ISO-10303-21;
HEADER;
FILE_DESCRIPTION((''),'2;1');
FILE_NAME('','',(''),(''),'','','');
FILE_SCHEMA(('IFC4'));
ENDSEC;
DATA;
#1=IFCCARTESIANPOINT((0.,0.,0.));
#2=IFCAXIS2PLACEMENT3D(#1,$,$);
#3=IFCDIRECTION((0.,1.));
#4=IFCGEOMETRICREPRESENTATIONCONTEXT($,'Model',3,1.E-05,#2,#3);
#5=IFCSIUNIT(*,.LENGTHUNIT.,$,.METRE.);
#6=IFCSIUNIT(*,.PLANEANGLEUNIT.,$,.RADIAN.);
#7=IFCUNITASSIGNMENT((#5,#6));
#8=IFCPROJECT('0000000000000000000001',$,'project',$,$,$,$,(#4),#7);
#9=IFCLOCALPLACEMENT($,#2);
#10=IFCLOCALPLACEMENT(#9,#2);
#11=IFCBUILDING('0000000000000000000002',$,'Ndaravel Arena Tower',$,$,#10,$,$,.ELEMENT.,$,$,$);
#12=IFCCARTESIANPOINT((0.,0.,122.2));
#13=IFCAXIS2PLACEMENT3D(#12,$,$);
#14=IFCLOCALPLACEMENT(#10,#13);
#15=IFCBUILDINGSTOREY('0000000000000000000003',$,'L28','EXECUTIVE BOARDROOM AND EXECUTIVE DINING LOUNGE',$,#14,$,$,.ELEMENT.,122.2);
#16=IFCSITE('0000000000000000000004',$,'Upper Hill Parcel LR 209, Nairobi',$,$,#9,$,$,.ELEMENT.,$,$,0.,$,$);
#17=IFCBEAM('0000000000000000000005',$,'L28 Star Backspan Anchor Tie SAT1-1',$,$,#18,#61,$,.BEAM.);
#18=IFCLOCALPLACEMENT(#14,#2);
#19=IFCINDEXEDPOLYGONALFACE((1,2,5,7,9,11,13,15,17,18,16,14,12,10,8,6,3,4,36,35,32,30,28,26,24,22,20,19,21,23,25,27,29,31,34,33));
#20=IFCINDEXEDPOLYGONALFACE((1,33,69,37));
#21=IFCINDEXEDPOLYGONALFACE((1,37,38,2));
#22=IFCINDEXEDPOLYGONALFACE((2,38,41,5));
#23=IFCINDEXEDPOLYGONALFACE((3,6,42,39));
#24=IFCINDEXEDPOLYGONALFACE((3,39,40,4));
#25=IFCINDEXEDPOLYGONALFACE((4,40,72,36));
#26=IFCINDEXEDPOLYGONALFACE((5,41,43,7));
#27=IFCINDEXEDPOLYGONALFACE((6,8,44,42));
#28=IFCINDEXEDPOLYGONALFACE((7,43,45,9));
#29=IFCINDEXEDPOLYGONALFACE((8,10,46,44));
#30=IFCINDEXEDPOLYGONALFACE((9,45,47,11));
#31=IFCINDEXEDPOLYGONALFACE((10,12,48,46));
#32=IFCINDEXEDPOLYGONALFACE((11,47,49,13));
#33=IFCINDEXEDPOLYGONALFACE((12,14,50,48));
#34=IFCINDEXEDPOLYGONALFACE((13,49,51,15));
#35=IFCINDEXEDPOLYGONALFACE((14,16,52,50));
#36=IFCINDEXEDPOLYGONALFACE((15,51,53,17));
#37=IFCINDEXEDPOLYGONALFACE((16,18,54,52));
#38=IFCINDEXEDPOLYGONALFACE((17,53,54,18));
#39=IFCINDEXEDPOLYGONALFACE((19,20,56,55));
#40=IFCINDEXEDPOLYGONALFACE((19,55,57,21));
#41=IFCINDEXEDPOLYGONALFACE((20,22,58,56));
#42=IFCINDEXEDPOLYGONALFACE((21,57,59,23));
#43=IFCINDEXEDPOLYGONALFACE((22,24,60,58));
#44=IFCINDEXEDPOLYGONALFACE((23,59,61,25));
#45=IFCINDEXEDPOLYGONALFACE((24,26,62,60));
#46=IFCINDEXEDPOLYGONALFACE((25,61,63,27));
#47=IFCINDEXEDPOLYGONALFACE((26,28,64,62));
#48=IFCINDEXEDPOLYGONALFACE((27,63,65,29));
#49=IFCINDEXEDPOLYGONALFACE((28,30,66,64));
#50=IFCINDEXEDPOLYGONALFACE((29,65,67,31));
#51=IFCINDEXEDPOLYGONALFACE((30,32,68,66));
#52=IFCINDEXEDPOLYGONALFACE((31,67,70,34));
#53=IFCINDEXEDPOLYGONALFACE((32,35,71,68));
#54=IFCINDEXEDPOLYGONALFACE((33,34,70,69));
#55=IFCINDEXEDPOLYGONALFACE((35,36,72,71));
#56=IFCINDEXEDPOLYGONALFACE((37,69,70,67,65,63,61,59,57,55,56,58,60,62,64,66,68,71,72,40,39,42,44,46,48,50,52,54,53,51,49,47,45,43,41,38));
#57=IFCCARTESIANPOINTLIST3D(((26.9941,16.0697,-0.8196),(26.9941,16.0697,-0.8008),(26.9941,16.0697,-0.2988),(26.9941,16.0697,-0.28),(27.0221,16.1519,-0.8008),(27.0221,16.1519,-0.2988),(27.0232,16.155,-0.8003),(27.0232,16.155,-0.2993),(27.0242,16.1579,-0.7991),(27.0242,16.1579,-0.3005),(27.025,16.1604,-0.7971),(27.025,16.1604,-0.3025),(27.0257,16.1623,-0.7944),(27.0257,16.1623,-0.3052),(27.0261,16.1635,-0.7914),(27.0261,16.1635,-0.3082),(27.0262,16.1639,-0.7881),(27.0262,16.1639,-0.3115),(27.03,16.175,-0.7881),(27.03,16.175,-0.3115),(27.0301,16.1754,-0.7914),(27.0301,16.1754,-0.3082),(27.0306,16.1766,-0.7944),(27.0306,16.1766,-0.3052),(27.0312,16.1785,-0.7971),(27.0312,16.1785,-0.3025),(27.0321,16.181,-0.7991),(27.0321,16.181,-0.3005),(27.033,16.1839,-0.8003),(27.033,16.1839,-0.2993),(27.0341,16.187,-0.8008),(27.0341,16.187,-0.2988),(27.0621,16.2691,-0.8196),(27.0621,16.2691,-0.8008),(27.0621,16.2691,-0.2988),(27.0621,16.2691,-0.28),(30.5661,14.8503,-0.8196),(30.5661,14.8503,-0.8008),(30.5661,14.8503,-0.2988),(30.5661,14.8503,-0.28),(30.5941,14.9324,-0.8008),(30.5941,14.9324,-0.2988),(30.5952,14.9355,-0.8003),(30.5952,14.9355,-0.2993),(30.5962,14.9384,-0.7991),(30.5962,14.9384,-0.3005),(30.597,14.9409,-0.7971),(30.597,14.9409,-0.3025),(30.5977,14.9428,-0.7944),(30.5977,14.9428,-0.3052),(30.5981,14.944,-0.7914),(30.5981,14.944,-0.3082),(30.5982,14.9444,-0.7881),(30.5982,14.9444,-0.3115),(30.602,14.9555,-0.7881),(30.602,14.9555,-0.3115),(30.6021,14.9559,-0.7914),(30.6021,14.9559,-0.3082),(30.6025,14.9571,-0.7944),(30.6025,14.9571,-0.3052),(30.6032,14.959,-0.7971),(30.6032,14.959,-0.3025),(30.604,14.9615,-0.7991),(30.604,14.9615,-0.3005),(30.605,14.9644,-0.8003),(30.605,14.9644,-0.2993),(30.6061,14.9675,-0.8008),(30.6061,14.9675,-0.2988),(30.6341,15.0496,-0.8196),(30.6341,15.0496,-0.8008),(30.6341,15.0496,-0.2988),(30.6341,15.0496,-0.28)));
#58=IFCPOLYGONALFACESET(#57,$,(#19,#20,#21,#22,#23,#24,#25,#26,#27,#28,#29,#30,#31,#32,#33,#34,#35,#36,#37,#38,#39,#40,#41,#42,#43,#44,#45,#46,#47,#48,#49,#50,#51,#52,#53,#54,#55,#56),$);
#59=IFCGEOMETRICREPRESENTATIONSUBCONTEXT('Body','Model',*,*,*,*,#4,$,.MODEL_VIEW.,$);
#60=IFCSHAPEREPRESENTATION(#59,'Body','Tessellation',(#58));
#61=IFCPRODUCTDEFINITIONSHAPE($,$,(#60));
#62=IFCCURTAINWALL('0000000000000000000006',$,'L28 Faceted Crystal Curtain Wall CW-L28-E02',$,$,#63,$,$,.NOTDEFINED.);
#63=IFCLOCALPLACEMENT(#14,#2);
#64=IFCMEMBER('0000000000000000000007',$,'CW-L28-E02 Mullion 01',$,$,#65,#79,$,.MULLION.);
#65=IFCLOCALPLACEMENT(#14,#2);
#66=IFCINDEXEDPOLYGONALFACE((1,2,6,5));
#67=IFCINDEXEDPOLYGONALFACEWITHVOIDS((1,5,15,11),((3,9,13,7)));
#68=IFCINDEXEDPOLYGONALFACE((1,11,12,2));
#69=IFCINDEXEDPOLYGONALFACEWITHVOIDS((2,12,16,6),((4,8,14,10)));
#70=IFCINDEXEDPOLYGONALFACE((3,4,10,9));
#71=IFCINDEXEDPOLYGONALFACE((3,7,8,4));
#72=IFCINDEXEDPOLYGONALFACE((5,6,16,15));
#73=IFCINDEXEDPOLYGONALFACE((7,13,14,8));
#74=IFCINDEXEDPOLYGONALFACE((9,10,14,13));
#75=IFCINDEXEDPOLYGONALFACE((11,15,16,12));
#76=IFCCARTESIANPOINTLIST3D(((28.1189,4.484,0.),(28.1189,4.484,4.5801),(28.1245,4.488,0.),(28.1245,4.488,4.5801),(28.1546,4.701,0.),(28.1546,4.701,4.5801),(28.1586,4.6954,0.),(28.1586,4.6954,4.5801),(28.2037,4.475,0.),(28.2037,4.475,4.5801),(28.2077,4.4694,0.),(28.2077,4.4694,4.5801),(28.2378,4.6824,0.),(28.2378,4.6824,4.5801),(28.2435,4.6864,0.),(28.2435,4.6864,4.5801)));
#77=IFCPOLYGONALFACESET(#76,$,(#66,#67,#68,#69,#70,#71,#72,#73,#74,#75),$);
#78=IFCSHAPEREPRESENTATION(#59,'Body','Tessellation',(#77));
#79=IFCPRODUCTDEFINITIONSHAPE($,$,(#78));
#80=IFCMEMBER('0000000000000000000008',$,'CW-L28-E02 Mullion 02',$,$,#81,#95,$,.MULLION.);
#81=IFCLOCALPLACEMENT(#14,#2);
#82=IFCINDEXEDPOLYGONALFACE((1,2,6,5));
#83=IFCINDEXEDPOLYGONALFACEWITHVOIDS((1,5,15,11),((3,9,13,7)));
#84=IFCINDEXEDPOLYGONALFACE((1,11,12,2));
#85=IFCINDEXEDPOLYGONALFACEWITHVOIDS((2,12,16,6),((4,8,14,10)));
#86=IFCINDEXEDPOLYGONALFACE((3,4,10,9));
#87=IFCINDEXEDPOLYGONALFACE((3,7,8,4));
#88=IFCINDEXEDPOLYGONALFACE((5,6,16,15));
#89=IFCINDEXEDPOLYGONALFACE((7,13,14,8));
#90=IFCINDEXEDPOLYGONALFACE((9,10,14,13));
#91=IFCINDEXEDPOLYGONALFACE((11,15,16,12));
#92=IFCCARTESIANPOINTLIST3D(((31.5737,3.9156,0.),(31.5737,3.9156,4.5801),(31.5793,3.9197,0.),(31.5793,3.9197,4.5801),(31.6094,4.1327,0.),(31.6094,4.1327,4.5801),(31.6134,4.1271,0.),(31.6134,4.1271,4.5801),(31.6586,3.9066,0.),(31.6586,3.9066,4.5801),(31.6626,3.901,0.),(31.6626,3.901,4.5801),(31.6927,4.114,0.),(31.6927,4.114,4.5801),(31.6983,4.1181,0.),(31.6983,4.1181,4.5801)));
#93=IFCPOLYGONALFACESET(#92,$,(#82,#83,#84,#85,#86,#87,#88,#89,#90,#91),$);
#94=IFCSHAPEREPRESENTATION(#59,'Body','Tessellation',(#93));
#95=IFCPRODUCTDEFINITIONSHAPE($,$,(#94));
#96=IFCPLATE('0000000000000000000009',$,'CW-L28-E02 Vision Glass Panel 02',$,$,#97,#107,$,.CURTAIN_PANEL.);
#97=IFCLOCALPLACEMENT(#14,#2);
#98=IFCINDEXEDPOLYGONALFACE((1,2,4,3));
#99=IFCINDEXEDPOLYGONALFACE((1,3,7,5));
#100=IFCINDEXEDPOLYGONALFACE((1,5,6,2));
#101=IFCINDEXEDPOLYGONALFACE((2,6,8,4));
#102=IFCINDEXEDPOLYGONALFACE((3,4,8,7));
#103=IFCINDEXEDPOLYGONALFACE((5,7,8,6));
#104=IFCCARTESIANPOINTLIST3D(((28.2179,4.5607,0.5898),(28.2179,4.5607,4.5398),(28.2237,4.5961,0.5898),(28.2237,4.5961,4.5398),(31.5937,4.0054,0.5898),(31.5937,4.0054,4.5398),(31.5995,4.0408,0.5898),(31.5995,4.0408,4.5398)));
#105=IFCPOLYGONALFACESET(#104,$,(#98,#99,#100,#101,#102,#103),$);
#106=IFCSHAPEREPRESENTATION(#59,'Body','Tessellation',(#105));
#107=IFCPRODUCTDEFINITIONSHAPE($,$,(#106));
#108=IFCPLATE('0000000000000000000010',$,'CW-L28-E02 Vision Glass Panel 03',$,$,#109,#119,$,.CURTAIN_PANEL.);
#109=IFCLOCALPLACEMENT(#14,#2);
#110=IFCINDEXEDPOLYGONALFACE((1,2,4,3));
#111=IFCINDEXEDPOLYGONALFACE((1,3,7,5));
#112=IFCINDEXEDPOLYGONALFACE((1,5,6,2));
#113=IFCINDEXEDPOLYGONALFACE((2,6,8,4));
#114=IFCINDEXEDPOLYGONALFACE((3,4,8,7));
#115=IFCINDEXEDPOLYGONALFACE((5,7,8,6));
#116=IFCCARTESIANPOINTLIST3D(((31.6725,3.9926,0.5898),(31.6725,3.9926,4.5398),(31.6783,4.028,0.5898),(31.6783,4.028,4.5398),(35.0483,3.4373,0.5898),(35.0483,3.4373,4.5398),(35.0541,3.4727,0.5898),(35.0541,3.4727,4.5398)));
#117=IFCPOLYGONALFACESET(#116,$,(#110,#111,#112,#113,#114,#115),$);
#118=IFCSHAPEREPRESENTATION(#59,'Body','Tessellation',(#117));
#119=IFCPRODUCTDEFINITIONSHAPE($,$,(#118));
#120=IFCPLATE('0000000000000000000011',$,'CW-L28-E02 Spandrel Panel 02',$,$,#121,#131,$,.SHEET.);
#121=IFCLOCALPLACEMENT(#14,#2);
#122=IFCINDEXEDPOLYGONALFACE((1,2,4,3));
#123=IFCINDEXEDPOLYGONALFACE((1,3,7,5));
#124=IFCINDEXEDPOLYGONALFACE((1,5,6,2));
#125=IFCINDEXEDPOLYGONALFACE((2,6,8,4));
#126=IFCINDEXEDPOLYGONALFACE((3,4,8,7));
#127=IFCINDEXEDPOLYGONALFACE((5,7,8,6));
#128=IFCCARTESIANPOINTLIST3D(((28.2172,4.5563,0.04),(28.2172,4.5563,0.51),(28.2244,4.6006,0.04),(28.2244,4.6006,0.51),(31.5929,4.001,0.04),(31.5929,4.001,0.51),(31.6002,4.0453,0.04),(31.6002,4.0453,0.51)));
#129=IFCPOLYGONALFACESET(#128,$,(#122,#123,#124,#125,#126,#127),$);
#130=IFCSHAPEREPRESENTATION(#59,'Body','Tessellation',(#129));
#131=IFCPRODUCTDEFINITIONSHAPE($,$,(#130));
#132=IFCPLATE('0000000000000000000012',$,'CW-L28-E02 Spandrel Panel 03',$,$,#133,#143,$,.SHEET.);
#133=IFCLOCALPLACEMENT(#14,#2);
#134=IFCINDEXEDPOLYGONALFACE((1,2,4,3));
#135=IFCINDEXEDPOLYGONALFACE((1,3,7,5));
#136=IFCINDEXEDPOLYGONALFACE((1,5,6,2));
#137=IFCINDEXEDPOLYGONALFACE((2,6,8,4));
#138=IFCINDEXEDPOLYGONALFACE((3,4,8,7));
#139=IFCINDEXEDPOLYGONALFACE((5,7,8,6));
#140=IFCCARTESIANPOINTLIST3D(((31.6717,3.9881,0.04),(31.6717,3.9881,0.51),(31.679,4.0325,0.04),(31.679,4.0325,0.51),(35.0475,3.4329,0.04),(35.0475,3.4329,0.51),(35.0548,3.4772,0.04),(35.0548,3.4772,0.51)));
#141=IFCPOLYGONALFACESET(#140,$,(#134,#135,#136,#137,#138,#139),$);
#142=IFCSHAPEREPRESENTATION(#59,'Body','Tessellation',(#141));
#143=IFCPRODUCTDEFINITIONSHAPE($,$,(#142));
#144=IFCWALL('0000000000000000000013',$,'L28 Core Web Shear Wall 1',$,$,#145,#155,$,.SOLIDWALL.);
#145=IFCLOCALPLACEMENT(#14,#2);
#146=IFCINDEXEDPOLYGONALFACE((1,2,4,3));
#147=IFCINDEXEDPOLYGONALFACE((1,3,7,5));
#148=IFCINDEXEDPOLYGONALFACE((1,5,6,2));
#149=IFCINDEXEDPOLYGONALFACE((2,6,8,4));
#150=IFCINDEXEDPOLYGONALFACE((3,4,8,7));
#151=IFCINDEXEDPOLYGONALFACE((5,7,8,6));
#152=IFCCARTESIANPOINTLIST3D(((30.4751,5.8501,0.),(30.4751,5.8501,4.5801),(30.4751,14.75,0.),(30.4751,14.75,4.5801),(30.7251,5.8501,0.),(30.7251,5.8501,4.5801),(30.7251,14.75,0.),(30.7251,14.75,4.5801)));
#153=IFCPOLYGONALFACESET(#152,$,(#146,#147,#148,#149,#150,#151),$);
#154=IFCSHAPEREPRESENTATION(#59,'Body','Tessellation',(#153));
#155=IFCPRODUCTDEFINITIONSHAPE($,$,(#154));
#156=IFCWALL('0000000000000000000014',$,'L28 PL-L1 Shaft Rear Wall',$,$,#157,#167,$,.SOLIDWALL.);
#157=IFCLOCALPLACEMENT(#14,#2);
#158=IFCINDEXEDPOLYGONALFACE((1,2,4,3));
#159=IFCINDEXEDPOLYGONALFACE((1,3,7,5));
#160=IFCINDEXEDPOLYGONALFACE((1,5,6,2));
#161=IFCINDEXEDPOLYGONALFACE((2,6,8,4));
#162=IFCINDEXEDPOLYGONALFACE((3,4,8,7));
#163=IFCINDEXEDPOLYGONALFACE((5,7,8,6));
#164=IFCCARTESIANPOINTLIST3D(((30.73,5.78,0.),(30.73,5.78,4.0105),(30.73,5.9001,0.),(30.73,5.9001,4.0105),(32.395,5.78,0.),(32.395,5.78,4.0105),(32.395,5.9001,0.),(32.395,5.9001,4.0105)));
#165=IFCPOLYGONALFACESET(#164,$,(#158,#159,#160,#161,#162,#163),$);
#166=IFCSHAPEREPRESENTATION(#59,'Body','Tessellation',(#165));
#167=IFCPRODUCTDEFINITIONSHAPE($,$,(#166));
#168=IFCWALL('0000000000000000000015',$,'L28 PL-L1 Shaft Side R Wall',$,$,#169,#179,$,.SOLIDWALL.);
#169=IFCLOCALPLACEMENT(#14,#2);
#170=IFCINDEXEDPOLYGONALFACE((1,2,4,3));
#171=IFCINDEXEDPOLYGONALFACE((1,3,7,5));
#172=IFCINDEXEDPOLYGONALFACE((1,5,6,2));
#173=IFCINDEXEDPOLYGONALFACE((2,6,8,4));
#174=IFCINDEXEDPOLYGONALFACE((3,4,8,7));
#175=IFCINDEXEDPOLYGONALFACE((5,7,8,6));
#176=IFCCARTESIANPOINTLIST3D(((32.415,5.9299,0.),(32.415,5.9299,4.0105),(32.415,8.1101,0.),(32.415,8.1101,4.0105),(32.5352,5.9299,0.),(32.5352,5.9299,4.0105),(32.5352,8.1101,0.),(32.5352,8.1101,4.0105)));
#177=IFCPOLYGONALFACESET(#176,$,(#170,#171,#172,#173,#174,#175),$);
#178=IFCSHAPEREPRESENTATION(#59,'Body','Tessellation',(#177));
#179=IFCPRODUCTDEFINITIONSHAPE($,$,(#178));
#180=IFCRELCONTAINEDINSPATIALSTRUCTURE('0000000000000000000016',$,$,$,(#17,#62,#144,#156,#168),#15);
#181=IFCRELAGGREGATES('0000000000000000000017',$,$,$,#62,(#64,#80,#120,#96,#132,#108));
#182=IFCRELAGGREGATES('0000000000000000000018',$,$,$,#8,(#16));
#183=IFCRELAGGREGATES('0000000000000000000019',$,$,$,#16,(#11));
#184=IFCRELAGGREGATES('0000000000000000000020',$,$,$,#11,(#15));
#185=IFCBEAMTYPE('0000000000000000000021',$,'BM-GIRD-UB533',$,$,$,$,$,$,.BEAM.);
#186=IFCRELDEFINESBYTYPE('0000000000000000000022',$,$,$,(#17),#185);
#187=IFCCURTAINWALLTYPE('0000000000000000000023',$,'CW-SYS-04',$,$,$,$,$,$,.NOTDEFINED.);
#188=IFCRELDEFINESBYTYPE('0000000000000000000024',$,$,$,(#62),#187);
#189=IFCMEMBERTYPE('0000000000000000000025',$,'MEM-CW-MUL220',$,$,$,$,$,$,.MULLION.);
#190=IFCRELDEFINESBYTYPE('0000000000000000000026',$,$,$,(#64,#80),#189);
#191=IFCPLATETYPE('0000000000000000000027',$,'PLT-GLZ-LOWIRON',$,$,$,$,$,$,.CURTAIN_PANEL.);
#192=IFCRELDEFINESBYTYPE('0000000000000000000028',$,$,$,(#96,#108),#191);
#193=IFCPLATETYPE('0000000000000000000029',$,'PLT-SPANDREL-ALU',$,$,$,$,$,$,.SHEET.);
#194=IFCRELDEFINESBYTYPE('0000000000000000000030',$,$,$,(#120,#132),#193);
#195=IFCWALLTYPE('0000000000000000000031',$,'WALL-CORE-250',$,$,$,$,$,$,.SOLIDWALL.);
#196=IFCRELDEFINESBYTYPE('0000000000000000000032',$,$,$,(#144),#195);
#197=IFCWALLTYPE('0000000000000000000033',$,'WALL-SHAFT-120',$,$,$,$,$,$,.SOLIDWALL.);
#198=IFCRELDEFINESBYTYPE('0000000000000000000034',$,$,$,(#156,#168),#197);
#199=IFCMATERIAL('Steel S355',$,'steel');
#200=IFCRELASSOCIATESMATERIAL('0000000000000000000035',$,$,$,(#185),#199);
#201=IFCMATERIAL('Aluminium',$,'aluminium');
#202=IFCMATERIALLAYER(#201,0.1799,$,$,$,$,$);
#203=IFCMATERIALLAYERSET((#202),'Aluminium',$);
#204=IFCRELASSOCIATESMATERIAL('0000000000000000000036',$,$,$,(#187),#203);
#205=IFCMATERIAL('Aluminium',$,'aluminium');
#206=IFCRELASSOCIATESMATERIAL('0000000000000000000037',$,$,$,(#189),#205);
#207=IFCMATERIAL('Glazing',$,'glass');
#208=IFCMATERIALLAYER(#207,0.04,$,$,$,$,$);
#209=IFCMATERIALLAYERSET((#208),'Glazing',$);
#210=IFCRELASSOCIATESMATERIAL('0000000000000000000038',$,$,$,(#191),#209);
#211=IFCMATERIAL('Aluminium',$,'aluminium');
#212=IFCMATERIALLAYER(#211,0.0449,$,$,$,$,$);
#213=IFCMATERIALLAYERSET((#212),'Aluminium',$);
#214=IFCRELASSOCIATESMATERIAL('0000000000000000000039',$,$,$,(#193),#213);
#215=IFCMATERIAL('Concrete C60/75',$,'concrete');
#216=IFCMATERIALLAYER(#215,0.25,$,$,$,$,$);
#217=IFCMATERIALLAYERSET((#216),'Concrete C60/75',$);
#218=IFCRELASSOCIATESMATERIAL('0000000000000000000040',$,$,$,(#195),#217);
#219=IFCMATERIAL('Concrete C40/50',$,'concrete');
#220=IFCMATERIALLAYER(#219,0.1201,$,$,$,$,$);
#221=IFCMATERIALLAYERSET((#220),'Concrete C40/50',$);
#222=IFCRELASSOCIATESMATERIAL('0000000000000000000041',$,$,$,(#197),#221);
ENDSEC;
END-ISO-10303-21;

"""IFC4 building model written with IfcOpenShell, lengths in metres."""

from ifc_helpers import new_model, si_unit, direction, frame, frame_2d, origin, origin_2d, place, context, subcontext, project, spatial, rectangle, hollow_rectangle, i_section, extrude, material, layer, layer_set, material_profile, profile_set, type_object, element, aggregate, save


model = new_model("IFC4")

# Units and contexts
model_context = context("Model", 3, precision=1e-05, world=origin(), true_north=direction((0.0, 1.0)))
body_context = subcontext(model_context, "Body", "Model", "MODEL_VIEW")
ifc_project = project(units=[si_unit("LENGTHUNIT", "METRE"), si_unit("PLANEANGLEUNIT", "RADIAN")], contexts=[model_context])

# Site, building, storey
site_placement = place(None, origin())
site = spatial("IfcSite", under=ifc_project, at=site_placement, Name="Upper Hill Parcel LR 209, Nairobi", CompositionType="ELEMENT", RefElevation=0.0)
building_placement = place(site_placement, origin())
building = spatial("IfcBuilding", under=site, at=building_placement, Name="Ndaravel Arena Tower", CompositionType="ELEMENT")
storey_placement = place(building_placement, frame((0.0, 0.0, 122.2)))
storey = spatial("IfcBuildingStorey", under=building, at=storey_placement, Name="L28", Description="EXECUTIVE BOARDROOM AND EXECUTIVE DINING LOUNGE", CompositionType="ELEMENT", Elevation=122.2)

# Beam
ifc_material_1 = material(Name="Steel S355", Category="steel")
ifc_material_profile_1 = material_profile(ifc_material_1, i_section(OverallWidth=0.2107, OverallDepth=0.5396, WebThickness=0.0117, FlangeThickness=0.0188, FilletRadius=0.0127, at=origin_2d()), Name="UB 533x210x109")
ifc_profile_set_1 = profile_set([ifc_material_profile_1], Name="Steel S355")
beam_type = type_object("IfcBeamType", Name="BM-GIRD-UB533", PredefinedType="BEAM", material=ifc_profile_set_1)
beam_placement = place(storey_placement, frame((30.6001, 14.95, -0.5498), z_axis=(-0.946369, 0.323089, 0.0), x_axis=(-0.323089, -0.946369, 0.0)))
element("IfcBeam", 1, at=beam_placement, inside=storey, type_object=beam_type, Name="L28 Star Backspan Anchor Tie SAT1-1", PredefinedType="BEAM", context=body_context, shape_type="SweptSolid", body=[
    extrude(i_section(OverallWidth=0.2107, OverallDepth=0.5396, WebThickness=0.0117, FlangeThickness=0.0188, FilletRadius=0.0127, at=origin_2d()), origin(), (0.0, 0.0, 1.0), 3.7744),
])

# Curtain wall, members, plates
ifc_material_2 = material(Name="Aluminium", Category="aluminium")
ifc_layer_1 = layer(ifc_material_2, 0.1799)
ifc_layer_set_1 = layer_set([ifc_layer_1], Name="Aluminium")
curtain_wall_type = type_object("IfcCurtainWallType", Name="CW-SYS-04", PredefinedType="NOTDEFINED", material=ifc_layer_set_1)
curtain_wall_placement = place(storey_placement, origin())
curtain_wall = element("IfcCurtainWall", 2, at=curtain_wall_placement, inside=storey, type_object=curtain_wall_type, Name="L28 Faceted Crystal Curtain Wall CW-L28-E02", PredefinedType="NOTDEFINED")
ifc_material_3 = material(Name="Aluminium", Category="aluminium")
ifc_material_profile_2 = material_profile(ifc_material_3, hollow_rectangle(XDim=0.0901, YDim=0.22, WallThickness=0.0049, at=origin_2d()), Name="CW MULLION 90x220x5")
ifc_profile_set_2 = profile_set([ifc_material_profile_2], Name="Aluminium")
member_type = type_object("IfcMemberType", Name="MEM-CW-MUL220", PredefinedType="MULLION", material=ifc_profile_set_2)
member_1_placement = place(storey_placement, frame((28.1812, 4.5852, 0.0), z_axis=(0.0, 0.0, 1.0), x_axis=(0.98674, -0.16231, 0.0)))
member_1 = element("IfcMember", 3, at=member_1_placement, type_object=member_type, Name="CW-L28-E02 Mullion 01", PredefinedType="MULLION", context=body_context, shape_type="SweptSolid", body=[
    extrude(hollow_rectangle(XDim=0.0901, YDim=0.22, WallThickness=0.0049, at=origin_2d()), origin(), (0.0, 0.0, 1.0), 4.5801),
])
member_2_placement = place(storey_placement, frame((31.636, 4.0168, 0.0), z_axis=(0.0, 0.0, 1.0), x_axis=(0.98674, -0.16231, 0.0)))
member_2 = element("IfcMember", 4, at=member_2_placement, type_object=member_type, Name="CW-L28-E02 Mullion 02", PredefinedType="MULLION", context=body_context, shape_type="SweptSolid", body=[
    extrude(hollow_rectangle(XDim=0.0901, YDim=0.22, WallThickness=0.0049, at=origin_2d()), origin(), (0.0, 0.0, 1.0), 4.5801),
])
ifc_material_4 = material(Name="Glazing", Category="glass")
ifc_layer_2 = layer(ifc_material_4, 0.04)
ifc_layer_set_2 = layer_set([ifc_layer_2], Name="Glazing")
plate_type_1 = type_object("IfcPlateType", Name="PLT-GLZ-LOWIRON", PredefinedType="CURTAIN_PANEL", material=ifc_layer_set_2)
plate_1_placement = place(storey_placement, frame((29.9087, 4.3008, 0.5898), z_axis=(0.0, 0.0, 1.0), x_axis=(0.98674, -0.16231, 0.0)))
plate_1 = element("IfcPlate", 5, at=plate_1_placement, type_object=plate_type_1, Name="CW-L28-E02 Vision Glass Panel 02", PredefinedType="CURTAIN_PANEL", context=body_context, shape_type="SweptSolid", body=[
    extrude(rectangle(XDim=3.4211, YDim=0.0359, at=origin_2d()), origin(), (0.0, 0.0, 1.0), 3.95),
])
plate_2_placement = place(storey_placement, frame((33.3633, 3.7327, 0.5898), z_axis=(0.0, 0.0, 1.0), x_axis=(0.98674, -0.16231, 0.0)))
plate_2 = element("IfcPlate", 6, at=plate_2_placement, type_object=plate_type_1, Name="CW-L28-E02 Vision Glass Panel 03", PredefinedType="CURTAIN_PANEL", context=body_context, shape_type="SweptSolid", body=[
    extrude(rectangle(XDim=3.4211, YDim=0.0359, at=origin_2d()), origin(), (0.0, 0.0, 1.0), 3.95),
])
ifc_material_5 = material(Name="Aluminium", Category="aluminium")
ifc_layer_3 = layer(ifc_material_5, 0.0449)
ifc_layer_set_3 = layer_set([ifc_layer_3], Name="Aluminium")
plate_type_2 = type_object("IfcPlateType", Name="PLT-SPANDREL-ALU", PredefinedType="SHEET", material=ifc_layer_set_3)
plate_3_placement = place(storey_placement, frame((29.9087, 4.3008, 0.04), z_axis=(0.0, 0.0, 1.0), x_axis=(0.98674, -0.16231, 0.0)))
plate_3 = element("IfcPlate", 7, at=plate_3_placement, type_object=plate_type_2, Name="CW-L28-E02 Spandrel Panel 02", PredefinedType="SHEET", context=body_context, shape_type="SweptSolid", body=[
    extrude(rectangle(XDim=3.4211, YDim=0.0449, at=origin_2d()), origin(), (0.0, 0.0, 1.0), 0.47),
])
plate_4_placement = place(storey_placement, frame((33.3633, 3.7327, 0.04), z_axis=(0.0, 0.0, 1.0), x_axis=(0.98674, -0.16231, 0.0)))
plate_4 = element("IfcPlate", 8, at=plate_4_placement, type_object=plate_type_2, Name="CW-L28-E02 Spandrel Panel 03", PredefinedType="SHEET", context=body_context, shape_type="SweptSolid", body=[
    extrude(rectangle(XDim=3.4211, YDim=0.0449, at=origin_2d()), origin(), (0.0, 0.0, 1.0), 0.47),
])
aggregate(curtain_wall, [member_1, member_2, plate_3, plate_1, plate_4, plate_2])

# Walls
ifc_material_6 = material(Name="Concrete C60/75", Category="concrete")
ifc_layer_4 = layer(ifc_material_6, 0.25)
ifc_layer_set_4 = layer_set([ifc_layer_4], Name="Concrete C60/75")
wall_type_1 = type_object("IfcWallType", Name="WALL-CORE-250", PredefinedType="SOLIDWALL", material=ifc_layer_set_4)
wall_1_placement = place(storey_placement, frame((30.6001, 5.8501, 0.0), z_axis=(0.0, 0.0, 1.0), x_axis=(0.0, 1.0, 0.0)))
element("IfcWall", 9, at=wall_1_placement, inside=storey, type_object=wall_type_1, Name="L28 Core Web Shear Wall 1", PredefinedType="SOLIDWALL", context=body_context, shape_type="SweptSolid", body=[
    extrude(rectangle(XDim=8.8999, YDim=0.25, at=frame_2d((4.45, 0.0))), origin(), (0.0, 0.0, 1.0), 4.5801),
])
ifc_material_7 = material(Name="Concrete C40/50", Category="concrete")
ifc_layer_5 = layer(ifc_material_7, 0.1201)
ifc_layer_set_5 = layer_set([ifc_layer_5], Name="Concrete C40/50")
wall_type_2 = type_object("IfcWallType", Name="WALL-SHAFT-120", PredefinedType="SOLIDWALL", material=ifc_layer_set_5)
wall_2_placement = place(storey_placement, frame((30.73, 5.8401, 0.0), z_axis=(0.0, 0.0, 1.0), x_axis=(1.0, 0.0, 0.0)))
element("IfcWall", 10, at=wall_2_placement, inside=storey, type_object=wall_type_2, Name="L28 PL-L1 Shaft Rear Wall", PredefinedType="SOLIDWALL", context=body_context, shape_type="SweptSolid", body=[
    extrude(rectangle(XDim=1.665, YDim=0.1201, at=frame_2d((0.8325, 0.0))), origin(), (0.0, 0.0, 1.0), 4.0105),
])
wall_3_placement = place(storey_placement, frame((32.4751, 5.9299, 0.0), z_axis=(0.0, 0.0, 1.0), x_axis=(0.0, 1.0, 0.0)))
element("IfcWall", 11, at=wall_3_placement, inside=storey, type_object=wall_type_2, Name="L28 PL-L1 Shaft Side R Wall", PredefinedType="SOLIDWALL", context=body_context, shape_type="SweptSolid", body=[
    extrude(rectangle(XDim=2.1802, YDim=0.1201, at=frame_2d((1.0901, 0.0))), origin(), (0.0, 0.0, 1.0), 4.0105),
])

save(model, "model.ifc")
